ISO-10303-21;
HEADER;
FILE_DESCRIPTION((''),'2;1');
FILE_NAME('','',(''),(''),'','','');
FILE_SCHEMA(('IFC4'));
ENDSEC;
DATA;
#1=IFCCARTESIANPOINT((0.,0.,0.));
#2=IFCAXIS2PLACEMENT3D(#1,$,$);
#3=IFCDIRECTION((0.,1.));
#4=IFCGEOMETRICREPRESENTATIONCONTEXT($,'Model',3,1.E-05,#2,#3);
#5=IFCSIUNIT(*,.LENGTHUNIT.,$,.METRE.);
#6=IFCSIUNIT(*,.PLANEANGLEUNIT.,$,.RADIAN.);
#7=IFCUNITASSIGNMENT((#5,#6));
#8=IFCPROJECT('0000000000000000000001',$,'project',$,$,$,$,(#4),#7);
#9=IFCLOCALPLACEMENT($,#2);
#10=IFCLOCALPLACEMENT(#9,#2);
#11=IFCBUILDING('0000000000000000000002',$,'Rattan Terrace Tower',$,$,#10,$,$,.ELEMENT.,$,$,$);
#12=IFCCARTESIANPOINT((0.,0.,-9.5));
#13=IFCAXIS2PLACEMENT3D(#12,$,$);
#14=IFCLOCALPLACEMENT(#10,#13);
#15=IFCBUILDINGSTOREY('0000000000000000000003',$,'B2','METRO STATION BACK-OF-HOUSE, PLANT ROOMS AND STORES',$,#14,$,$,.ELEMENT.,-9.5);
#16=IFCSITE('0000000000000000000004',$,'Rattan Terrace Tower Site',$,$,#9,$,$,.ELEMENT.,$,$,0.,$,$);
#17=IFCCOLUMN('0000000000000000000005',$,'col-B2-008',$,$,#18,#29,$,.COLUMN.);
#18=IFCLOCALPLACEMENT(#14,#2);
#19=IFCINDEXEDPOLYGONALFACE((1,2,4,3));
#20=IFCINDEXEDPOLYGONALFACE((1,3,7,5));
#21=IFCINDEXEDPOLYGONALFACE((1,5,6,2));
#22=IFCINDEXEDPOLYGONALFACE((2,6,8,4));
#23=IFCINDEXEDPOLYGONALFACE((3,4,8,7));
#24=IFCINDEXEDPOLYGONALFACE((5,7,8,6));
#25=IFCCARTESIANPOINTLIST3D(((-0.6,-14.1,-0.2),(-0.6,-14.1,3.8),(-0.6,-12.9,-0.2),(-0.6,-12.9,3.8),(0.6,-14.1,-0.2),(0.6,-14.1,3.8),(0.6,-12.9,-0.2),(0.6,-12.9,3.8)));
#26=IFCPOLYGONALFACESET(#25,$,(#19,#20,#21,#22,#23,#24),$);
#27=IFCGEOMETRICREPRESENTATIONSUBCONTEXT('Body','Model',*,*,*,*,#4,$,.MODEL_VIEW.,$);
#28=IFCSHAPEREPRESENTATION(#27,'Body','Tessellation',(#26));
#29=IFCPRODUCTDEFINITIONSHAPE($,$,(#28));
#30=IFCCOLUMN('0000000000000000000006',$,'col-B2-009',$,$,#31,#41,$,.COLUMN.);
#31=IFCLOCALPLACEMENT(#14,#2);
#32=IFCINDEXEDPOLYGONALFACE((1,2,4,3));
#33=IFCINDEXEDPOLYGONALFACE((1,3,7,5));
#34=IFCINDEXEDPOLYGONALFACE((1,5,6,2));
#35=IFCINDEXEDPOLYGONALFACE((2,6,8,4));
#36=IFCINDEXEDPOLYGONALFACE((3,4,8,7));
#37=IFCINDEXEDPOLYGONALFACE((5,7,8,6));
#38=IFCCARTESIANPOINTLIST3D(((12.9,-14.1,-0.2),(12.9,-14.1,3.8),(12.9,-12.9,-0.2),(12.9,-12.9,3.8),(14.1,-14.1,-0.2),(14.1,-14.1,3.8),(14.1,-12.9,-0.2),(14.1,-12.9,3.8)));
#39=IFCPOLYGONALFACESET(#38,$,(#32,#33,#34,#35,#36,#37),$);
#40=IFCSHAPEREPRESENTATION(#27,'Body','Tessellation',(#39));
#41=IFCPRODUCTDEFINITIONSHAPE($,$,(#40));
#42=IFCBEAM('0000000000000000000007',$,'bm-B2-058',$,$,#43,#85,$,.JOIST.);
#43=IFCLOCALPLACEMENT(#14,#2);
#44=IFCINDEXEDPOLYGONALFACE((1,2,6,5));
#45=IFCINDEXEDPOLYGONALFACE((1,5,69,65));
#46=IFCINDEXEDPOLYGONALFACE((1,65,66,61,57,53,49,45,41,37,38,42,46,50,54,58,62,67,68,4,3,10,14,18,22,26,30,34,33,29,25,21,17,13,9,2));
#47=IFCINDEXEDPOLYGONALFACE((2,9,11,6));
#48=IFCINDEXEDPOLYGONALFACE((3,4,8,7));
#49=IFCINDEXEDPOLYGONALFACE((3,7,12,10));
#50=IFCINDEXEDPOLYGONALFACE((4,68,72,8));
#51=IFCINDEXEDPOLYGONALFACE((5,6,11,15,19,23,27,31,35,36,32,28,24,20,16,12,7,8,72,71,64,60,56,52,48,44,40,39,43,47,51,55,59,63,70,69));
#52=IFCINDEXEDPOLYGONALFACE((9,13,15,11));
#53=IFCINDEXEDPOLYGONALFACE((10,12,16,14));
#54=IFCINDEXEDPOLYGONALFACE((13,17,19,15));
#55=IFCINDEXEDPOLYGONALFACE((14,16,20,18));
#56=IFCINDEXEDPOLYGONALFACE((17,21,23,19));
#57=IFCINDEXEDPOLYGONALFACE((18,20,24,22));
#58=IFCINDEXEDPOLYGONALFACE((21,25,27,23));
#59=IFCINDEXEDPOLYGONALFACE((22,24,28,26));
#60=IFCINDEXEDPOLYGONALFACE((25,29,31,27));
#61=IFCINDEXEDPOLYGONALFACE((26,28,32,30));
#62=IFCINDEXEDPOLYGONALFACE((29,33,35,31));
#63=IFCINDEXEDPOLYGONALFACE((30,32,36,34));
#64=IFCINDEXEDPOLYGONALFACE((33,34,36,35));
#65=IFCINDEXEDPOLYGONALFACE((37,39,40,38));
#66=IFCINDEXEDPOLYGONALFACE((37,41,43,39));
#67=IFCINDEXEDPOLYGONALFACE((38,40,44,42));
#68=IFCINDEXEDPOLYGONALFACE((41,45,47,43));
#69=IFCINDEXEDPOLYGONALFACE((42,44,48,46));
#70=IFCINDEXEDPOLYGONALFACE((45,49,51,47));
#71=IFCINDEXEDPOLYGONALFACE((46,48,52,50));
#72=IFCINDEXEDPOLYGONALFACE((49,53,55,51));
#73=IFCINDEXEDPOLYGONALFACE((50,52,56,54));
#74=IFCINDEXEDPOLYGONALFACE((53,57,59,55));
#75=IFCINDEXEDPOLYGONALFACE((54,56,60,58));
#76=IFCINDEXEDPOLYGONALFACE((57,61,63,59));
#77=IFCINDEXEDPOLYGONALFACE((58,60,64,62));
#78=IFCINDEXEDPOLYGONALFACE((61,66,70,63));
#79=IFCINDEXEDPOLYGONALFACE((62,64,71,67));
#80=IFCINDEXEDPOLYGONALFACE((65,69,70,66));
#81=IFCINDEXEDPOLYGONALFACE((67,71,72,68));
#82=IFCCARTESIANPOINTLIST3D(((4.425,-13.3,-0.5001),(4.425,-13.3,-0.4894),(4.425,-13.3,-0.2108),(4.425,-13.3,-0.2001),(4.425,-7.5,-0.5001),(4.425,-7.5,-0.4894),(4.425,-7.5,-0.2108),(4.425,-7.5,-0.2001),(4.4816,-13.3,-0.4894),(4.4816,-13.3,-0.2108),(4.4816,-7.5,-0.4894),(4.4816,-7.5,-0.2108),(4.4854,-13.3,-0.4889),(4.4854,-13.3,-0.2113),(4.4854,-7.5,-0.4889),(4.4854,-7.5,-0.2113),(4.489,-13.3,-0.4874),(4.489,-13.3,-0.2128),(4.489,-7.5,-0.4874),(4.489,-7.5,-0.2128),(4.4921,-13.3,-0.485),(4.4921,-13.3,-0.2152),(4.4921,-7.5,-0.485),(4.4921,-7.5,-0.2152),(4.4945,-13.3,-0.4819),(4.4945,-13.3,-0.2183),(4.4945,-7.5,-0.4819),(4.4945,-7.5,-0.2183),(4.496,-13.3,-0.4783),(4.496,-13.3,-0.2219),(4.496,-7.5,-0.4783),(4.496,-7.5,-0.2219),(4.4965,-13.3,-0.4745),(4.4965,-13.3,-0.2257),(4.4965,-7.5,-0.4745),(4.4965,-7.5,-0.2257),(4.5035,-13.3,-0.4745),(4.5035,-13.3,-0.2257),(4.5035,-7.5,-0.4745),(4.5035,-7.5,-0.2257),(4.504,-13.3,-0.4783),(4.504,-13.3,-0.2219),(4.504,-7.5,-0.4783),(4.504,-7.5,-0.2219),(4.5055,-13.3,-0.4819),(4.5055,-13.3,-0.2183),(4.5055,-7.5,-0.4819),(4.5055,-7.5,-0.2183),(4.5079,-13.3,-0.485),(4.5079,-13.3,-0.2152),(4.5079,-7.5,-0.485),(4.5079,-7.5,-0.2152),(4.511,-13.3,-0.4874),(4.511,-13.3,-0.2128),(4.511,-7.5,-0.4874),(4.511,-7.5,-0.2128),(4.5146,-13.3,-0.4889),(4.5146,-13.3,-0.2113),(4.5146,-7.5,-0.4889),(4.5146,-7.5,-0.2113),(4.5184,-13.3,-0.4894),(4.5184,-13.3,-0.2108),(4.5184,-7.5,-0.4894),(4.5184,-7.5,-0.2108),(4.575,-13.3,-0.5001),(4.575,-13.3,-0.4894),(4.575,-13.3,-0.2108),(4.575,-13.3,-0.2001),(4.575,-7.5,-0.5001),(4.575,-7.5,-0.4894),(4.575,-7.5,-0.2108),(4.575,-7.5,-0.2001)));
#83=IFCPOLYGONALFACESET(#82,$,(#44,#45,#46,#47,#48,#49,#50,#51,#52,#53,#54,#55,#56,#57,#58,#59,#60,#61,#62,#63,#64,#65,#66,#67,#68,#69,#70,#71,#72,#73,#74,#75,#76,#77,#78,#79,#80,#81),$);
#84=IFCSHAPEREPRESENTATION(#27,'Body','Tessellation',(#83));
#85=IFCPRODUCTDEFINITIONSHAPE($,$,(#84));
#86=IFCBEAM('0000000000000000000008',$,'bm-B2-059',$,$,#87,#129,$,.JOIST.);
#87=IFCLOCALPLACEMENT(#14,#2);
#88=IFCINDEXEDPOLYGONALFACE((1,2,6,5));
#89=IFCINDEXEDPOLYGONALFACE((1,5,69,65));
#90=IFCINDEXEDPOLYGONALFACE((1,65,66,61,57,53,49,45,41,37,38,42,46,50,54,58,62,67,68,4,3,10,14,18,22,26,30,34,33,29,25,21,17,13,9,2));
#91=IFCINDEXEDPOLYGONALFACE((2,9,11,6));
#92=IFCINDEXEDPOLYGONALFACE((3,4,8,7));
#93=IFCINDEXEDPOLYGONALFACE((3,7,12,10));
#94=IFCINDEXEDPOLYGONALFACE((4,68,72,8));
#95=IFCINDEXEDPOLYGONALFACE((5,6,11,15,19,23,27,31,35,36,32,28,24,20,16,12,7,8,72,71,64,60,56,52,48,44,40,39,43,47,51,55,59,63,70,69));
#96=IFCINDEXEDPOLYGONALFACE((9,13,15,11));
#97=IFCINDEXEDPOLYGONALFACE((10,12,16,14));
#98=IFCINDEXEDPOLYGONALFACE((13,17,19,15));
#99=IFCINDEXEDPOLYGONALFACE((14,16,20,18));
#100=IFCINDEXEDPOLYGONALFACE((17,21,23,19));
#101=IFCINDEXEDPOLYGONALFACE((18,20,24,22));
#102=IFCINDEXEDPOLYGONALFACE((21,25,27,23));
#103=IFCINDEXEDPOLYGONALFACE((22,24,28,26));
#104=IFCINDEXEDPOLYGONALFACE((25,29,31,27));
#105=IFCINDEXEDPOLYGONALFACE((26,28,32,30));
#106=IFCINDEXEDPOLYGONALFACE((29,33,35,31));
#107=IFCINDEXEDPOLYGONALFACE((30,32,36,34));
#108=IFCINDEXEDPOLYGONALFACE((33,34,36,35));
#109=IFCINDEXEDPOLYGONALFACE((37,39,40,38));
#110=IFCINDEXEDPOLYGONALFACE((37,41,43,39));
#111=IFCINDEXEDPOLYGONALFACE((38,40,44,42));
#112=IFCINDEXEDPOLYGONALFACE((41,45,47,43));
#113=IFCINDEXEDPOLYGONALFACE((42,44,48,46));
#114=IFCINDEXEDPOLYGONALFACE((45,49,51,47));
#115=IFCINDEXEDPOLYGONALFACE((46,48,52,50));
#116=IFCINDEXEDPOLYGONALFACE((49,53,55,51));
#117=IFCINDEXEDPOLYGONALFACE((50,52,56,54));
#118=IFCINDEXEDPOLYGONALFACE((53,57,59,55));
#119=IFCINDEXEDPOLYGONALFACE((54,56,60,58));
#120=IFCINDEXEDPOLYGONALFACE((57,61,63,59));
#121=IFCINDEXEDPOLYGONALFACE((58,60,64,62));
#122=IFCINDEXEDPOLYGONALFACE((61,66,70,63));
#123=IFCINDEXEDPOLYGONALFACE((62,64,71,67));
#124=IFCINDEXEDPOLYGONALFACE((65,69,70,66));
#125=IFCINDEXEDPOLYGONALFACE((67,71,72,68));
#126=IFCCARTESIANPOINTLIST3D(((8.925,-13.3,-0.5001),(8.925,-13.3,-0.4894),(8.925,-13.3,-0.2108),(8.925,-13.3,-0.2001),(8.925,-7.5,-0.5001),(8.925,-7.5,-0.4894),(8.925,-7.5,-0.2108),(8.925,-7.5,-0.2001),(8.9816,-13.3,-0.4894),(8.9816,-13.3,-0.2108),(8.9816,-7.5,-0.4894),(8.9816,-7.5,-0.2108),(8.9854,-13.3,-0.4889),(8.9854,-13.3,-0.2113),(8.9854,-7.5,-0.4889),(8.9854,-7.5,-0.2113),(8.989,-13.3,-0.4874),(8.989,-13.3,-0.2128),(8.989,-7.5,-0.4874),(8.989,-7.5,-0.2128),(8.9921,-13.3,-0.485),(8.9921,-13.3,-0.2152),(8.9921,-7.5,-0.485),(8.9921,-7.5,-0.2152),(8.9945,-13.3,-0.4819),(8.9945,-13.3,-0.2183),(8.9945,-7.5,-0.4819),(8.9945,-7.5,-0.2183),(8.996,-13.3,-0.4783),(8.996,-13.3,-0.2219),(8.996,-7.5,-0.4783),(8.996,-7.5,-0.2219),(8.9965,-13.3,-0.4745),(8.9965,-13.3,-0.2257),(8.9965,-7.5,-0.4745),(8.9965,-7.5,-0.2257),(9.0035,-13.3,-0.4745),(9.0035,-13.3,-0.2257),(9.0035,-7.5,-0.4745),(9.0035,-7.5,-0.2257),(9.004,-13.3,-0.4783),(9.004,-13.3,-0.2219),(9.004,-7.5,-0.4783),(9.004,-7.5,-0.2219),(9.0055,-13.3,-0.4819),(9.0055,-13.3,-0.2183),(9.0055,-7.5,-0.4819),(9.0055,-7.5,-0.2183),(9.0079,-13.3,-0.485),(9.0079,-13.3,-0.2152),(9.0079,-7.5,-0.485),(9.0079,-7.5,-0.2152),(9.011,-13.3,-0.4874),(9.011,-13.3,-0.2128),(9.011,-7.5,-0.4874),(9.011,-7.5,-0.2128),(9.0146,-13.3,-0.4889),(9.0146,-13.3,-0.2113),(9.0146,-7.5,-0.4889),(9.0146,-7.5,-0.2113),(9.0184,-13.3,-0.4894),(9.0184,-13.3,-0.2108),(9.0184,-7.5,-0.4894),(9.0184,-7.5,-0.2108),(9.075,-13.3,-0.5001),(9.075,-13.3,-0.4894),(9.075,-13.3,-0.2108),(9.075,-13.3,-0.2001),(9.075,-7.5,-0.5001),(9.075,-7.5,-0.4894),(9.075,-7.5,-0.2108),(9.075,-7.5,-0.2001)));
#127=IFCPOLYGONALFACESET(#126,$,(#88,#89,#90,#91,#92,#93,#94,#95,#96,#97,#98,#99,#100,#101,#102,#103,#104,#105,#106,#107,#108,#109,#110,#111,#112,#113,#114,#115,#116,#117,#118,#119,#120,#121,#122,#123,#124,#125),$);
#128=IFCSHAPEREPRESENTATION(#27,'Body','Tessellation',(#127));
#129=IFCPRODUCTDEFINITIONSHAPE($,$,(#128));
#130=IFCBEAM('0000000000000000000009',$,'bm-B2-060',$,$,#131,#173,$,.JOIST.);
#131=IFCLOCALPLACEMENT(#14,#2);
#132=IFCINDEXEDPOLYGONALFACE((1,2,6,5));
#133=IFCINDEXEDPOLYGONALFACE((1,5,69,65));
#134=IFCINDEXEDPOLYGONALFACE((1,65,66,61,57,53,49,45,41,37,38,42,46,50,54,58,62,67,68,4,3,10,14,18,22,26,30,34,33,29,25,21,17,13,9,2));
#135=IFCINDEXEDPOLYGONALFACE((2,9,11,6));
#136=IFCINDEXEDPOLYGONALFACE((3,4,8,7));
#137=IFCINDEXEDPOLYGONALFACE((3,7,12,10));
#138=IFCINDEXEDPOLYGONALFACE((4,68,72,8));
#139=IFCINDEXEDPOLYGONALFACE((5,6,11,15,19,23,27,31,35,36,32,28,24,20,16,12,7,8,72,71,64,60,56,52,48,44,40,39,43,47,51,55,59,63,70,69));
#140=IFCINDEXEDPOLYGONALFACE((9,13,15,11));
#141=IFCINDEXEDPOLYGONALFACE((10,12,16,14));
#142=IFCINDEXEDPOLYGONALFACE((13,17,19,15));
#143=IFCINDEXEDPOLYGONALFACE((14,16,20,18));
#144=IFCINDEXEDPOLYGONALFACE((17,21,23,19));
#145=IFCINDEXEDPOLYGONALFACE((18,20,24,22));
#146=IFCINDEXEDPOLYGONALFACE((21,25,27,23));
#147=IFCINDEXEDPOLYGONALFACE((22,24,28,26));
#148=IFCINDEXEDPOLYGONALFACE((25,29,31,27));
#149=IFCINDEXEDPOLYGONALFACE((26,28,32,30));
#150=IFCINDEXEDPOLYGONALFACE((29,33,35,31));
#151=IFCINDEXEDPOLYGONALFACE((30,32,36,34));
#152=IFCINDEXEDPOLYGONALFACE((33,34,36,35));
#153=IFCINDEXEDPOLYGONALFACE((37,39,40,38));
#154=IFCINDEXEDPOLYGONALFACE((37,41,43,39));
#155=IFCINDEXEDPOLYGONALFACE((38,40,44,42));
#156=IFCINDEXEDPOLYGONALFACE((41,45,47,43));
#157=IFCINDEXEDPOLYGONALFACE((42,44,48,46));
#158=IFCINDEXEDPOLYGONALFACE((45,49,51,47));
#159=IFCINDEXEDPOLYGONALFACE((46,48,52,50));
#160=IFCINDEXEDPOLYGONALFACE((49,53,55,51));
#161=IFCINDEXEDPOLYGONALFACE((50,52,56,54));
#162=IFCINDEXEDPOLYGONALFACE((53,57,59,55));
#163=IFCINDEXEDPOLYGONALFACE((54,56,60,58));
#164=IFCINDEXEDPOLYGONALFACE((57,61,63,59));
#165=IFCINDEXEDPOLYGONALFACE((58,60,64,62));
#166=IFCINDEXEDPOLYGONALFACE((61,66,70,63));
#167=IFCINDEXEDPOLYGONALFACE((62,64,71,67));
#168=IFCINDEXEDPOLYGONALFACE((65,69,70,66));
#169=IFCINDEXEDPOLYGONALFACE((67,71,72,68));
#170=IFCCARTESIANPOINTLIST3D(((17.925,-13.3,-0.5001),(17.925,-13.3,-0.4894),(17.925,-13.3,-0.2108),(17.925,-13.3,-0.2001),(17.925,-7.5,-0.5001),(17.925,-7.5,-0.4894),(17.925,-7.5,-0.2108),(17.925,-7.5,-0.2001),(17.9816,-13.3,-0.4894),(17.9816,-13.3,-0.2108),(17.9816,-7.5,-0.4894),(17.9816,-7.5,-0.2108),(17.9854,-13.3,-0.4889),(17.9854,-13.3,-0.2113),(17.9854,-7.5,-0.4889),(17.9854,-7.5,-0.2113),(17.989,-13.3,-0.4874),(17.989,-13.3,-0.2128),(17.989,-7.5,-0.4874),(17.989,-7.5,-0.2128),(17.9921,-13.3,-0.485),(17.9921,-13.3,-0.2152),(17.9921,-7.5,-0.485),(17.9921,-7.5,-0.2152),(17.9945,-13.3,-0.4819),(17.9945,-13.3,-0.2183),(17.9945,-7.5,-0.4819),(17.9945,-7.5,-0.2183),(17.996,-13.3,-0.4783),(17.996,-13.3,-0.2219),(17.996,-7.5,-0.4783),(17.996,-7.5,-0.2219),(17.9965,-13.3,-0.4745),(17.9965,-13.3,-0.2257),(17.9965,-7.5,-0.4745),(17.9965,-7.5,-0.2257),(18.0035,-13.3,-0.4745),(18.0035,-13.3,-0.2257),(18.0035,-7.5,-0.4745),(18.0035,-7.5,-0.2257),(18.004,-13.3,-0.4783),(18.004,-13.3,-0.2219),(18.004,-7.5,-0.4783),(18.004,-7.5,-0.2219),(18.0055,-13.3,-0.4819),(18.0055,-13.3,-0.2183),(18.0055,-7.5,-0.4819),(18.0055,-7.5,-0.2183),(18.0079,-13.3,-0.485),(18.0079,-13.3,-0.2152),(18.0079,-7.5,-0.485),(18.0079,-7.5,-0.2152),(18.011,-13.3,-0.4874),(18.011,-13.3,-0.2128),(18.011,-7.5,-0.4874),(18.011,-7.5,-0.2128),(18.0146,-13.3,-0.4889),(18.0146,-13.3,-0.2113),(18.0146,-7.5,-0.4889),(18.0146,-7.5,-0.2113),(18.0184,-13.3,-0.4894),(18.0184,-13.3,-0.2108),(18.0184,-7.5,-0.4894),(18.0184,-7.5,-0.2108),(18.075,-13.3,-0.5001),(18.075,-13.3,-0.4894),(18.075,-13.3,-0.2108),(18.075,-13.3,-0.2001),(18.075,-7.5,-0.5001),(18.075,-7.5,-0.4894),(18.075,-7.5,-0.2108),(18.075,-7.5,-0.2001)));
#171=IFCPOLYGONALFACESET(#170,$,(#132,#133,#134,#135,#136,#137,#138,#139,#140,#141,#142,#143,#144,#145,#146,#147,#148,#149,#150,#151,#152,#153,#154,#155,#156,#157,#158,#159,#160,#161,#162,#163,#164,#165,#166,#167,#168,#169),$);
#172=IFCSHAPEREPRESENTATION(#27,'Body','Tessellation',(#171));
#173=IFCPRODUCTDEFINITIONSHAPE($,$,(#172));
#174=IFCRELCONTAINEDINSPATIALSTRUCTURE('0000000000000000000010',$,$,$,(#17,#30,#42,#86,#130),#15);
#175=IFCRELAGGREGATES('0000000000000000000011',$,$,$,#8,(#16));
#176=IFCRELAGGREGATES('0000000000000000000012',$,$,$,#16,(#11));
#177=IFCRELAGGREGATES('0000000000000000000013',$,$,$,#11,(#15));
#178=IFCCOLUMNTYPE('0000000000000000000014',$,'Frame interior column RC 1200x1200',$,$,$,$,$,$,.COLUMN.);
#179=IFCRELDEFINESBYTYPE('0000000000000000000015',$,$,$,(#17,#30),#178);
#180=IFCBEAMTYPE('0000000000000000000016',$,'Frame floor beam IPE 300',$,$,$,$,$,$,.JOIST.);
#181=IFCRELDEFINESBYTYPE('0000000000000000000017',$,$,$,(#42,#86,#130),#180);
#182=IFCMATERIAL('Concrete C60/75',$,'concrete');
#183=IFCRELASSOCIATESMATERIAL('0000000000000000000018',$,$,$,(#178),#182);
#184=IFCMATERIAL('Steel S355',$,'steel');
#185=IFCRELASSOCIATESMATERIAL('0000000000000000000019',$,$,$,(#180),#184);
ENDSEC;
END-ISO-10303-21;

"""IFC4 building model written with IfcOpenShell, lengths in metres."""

from ifc_helpers import new_model, si_unit, direction, frame, origin, origin_2d, place, context, subcontext, project, spatial, rectangle, i_section, extrude, material, material_profile, profile_set, type_object, element, save


model = new_model("IFC4")

# Units and contexts
model_context = context("Model", 3, precision=1e-05, world=origin(), true_north=direction((0.0, 1.0)))
body_context = subcontext(model_context, "Body", "Model", "MODEL_VIEW")
ifc_project = project(units=[si_unit("LENGTHUNIT", "METRE"), si_unit("PLANEANGLEUNIT", "RADIAN")], contexts=[model_context])

# Site, building, storey
site_placement = place(None, origin())
site = spatial("IfcSite", under=ifc_project, at=site_placement, Name="Rattan Terrace Tower Site", CompositionType="ELEMENT", RefElevation=0.0)
building_placement = place(site_placement, origin())
building = spatial("IfcBuilding", under=site, at=building_placement, Name="Rattan Terrace Tower", CompositionType="ELEMENT")
storey_placement = place(building_placement, frame((0.0, 0.0, -9.5)))
storey = spatial("IfcBuildingStorey", under=building, at=storey_placement, Name="B2", Description="METRO STATION BACK-OF-HOUSE, PLANT ROOMS AND STORES", CompositionType="ELEMENT", Elevation=-9.5)

# Columns
ifc_material_1 = material(Name="Concrete C60/75", Category="concrete")
ifc_material_profile_1 = material_profile(ifc_material_1, rectangle(XDim=1.2, YDim=1.2, at=origin_2d()), Name="RC 1200x1200")
ifc_profile_set_1 = profile_set([ifc_material_profile_1], Name="Concrete C60/75")
column_type = type_object("IfcColumnType", Name="Frame interior column RC 1200x1200", PredefinedType="COLUMN", material=ifc_profile_set_1)
for number, where, z_axis, x_axis, name in (
    (1, (0.0, -13.5, -0.2), (0.0, 0.0, 1.0), (1.0, 0.0, 0.0), "col-B2-008"),
    (2, (13.5, -13.5, -0.2), (0.0, 0.0, 1.0), (1.0, 0.0, 0.0), "col-B2-009"),
):
    element("IfcColumn", number, at=place(storey_placement, frame(where, z_axis=z_axis, x_axis=x_axis)), inside=storey, type_object=column_type, Name=name, PredefinedType="COLUMN", context=body_context, shape_type="SweptSolid", body=[
        extrude(rectangle(XDim=1.2, YDim=1.2, at=origin_2d()), origin(), (0.0, 0.0, 1.0), 4.0),
    ])

# Beams
ifc_material_2 = material(Name="Steel S355", Category="steel")
ifc_material_profile_2 = material_profile(ifc_material_2, i_section(OverallWidth=0.1499, OverallDepth=0.3, WebThickness=0.0071, FlangeThickness=0.0107, FilletRadius=0.0149, at=origin_2d()), Name="IPE 300")
ifc_profile_set_2 = profile_set([ifc_material_profile_2], Name="Steel S355")
beam_type_1 = type_object("IfcBeamType", Name="Frame floor beam IPE 300", PredefinedType="JOIST", material=ifc_profile_set_2)
for number, where, z_axis, x_axis, name in (
    (3, (4.5, -13.3, -0.3501), (0.0, 1.0, 0.0), (-1.0, 0.0, 0.0), "bm-B2-058"),
    (4, (9.0, -13.3, -0.3501), (0.0, 1.0, 0.0), (-1.0, 0.0, 0.0), "bm-B2-059"),
    (5, (18.0, -13.3, -0.3501), (0.0, 1.0, 0.0), (-1.0, 0.0, 0.0), "bm-B2-060"),
):
    element("IfcBeam", number, at=place(storey_placement, frame(where, z_axis=z_axis, x_axis=x_axis)), inside=storey, type_object=beam_type_1, Name=name, PredefinedType="JOIST", context=body_context, shape_type="SweptSolid", body=[
        extrude(i_section(OverallWidth=0.1499, OverallDepth=0.3, WebThickness=0.0071, FlangeThickness=0.0107, FilletRadius=0.0149, at=origin_2d()), origin(), (0.0, 0.0, 1.0), 5.8),
    ])

save(model, "model.ifc")
